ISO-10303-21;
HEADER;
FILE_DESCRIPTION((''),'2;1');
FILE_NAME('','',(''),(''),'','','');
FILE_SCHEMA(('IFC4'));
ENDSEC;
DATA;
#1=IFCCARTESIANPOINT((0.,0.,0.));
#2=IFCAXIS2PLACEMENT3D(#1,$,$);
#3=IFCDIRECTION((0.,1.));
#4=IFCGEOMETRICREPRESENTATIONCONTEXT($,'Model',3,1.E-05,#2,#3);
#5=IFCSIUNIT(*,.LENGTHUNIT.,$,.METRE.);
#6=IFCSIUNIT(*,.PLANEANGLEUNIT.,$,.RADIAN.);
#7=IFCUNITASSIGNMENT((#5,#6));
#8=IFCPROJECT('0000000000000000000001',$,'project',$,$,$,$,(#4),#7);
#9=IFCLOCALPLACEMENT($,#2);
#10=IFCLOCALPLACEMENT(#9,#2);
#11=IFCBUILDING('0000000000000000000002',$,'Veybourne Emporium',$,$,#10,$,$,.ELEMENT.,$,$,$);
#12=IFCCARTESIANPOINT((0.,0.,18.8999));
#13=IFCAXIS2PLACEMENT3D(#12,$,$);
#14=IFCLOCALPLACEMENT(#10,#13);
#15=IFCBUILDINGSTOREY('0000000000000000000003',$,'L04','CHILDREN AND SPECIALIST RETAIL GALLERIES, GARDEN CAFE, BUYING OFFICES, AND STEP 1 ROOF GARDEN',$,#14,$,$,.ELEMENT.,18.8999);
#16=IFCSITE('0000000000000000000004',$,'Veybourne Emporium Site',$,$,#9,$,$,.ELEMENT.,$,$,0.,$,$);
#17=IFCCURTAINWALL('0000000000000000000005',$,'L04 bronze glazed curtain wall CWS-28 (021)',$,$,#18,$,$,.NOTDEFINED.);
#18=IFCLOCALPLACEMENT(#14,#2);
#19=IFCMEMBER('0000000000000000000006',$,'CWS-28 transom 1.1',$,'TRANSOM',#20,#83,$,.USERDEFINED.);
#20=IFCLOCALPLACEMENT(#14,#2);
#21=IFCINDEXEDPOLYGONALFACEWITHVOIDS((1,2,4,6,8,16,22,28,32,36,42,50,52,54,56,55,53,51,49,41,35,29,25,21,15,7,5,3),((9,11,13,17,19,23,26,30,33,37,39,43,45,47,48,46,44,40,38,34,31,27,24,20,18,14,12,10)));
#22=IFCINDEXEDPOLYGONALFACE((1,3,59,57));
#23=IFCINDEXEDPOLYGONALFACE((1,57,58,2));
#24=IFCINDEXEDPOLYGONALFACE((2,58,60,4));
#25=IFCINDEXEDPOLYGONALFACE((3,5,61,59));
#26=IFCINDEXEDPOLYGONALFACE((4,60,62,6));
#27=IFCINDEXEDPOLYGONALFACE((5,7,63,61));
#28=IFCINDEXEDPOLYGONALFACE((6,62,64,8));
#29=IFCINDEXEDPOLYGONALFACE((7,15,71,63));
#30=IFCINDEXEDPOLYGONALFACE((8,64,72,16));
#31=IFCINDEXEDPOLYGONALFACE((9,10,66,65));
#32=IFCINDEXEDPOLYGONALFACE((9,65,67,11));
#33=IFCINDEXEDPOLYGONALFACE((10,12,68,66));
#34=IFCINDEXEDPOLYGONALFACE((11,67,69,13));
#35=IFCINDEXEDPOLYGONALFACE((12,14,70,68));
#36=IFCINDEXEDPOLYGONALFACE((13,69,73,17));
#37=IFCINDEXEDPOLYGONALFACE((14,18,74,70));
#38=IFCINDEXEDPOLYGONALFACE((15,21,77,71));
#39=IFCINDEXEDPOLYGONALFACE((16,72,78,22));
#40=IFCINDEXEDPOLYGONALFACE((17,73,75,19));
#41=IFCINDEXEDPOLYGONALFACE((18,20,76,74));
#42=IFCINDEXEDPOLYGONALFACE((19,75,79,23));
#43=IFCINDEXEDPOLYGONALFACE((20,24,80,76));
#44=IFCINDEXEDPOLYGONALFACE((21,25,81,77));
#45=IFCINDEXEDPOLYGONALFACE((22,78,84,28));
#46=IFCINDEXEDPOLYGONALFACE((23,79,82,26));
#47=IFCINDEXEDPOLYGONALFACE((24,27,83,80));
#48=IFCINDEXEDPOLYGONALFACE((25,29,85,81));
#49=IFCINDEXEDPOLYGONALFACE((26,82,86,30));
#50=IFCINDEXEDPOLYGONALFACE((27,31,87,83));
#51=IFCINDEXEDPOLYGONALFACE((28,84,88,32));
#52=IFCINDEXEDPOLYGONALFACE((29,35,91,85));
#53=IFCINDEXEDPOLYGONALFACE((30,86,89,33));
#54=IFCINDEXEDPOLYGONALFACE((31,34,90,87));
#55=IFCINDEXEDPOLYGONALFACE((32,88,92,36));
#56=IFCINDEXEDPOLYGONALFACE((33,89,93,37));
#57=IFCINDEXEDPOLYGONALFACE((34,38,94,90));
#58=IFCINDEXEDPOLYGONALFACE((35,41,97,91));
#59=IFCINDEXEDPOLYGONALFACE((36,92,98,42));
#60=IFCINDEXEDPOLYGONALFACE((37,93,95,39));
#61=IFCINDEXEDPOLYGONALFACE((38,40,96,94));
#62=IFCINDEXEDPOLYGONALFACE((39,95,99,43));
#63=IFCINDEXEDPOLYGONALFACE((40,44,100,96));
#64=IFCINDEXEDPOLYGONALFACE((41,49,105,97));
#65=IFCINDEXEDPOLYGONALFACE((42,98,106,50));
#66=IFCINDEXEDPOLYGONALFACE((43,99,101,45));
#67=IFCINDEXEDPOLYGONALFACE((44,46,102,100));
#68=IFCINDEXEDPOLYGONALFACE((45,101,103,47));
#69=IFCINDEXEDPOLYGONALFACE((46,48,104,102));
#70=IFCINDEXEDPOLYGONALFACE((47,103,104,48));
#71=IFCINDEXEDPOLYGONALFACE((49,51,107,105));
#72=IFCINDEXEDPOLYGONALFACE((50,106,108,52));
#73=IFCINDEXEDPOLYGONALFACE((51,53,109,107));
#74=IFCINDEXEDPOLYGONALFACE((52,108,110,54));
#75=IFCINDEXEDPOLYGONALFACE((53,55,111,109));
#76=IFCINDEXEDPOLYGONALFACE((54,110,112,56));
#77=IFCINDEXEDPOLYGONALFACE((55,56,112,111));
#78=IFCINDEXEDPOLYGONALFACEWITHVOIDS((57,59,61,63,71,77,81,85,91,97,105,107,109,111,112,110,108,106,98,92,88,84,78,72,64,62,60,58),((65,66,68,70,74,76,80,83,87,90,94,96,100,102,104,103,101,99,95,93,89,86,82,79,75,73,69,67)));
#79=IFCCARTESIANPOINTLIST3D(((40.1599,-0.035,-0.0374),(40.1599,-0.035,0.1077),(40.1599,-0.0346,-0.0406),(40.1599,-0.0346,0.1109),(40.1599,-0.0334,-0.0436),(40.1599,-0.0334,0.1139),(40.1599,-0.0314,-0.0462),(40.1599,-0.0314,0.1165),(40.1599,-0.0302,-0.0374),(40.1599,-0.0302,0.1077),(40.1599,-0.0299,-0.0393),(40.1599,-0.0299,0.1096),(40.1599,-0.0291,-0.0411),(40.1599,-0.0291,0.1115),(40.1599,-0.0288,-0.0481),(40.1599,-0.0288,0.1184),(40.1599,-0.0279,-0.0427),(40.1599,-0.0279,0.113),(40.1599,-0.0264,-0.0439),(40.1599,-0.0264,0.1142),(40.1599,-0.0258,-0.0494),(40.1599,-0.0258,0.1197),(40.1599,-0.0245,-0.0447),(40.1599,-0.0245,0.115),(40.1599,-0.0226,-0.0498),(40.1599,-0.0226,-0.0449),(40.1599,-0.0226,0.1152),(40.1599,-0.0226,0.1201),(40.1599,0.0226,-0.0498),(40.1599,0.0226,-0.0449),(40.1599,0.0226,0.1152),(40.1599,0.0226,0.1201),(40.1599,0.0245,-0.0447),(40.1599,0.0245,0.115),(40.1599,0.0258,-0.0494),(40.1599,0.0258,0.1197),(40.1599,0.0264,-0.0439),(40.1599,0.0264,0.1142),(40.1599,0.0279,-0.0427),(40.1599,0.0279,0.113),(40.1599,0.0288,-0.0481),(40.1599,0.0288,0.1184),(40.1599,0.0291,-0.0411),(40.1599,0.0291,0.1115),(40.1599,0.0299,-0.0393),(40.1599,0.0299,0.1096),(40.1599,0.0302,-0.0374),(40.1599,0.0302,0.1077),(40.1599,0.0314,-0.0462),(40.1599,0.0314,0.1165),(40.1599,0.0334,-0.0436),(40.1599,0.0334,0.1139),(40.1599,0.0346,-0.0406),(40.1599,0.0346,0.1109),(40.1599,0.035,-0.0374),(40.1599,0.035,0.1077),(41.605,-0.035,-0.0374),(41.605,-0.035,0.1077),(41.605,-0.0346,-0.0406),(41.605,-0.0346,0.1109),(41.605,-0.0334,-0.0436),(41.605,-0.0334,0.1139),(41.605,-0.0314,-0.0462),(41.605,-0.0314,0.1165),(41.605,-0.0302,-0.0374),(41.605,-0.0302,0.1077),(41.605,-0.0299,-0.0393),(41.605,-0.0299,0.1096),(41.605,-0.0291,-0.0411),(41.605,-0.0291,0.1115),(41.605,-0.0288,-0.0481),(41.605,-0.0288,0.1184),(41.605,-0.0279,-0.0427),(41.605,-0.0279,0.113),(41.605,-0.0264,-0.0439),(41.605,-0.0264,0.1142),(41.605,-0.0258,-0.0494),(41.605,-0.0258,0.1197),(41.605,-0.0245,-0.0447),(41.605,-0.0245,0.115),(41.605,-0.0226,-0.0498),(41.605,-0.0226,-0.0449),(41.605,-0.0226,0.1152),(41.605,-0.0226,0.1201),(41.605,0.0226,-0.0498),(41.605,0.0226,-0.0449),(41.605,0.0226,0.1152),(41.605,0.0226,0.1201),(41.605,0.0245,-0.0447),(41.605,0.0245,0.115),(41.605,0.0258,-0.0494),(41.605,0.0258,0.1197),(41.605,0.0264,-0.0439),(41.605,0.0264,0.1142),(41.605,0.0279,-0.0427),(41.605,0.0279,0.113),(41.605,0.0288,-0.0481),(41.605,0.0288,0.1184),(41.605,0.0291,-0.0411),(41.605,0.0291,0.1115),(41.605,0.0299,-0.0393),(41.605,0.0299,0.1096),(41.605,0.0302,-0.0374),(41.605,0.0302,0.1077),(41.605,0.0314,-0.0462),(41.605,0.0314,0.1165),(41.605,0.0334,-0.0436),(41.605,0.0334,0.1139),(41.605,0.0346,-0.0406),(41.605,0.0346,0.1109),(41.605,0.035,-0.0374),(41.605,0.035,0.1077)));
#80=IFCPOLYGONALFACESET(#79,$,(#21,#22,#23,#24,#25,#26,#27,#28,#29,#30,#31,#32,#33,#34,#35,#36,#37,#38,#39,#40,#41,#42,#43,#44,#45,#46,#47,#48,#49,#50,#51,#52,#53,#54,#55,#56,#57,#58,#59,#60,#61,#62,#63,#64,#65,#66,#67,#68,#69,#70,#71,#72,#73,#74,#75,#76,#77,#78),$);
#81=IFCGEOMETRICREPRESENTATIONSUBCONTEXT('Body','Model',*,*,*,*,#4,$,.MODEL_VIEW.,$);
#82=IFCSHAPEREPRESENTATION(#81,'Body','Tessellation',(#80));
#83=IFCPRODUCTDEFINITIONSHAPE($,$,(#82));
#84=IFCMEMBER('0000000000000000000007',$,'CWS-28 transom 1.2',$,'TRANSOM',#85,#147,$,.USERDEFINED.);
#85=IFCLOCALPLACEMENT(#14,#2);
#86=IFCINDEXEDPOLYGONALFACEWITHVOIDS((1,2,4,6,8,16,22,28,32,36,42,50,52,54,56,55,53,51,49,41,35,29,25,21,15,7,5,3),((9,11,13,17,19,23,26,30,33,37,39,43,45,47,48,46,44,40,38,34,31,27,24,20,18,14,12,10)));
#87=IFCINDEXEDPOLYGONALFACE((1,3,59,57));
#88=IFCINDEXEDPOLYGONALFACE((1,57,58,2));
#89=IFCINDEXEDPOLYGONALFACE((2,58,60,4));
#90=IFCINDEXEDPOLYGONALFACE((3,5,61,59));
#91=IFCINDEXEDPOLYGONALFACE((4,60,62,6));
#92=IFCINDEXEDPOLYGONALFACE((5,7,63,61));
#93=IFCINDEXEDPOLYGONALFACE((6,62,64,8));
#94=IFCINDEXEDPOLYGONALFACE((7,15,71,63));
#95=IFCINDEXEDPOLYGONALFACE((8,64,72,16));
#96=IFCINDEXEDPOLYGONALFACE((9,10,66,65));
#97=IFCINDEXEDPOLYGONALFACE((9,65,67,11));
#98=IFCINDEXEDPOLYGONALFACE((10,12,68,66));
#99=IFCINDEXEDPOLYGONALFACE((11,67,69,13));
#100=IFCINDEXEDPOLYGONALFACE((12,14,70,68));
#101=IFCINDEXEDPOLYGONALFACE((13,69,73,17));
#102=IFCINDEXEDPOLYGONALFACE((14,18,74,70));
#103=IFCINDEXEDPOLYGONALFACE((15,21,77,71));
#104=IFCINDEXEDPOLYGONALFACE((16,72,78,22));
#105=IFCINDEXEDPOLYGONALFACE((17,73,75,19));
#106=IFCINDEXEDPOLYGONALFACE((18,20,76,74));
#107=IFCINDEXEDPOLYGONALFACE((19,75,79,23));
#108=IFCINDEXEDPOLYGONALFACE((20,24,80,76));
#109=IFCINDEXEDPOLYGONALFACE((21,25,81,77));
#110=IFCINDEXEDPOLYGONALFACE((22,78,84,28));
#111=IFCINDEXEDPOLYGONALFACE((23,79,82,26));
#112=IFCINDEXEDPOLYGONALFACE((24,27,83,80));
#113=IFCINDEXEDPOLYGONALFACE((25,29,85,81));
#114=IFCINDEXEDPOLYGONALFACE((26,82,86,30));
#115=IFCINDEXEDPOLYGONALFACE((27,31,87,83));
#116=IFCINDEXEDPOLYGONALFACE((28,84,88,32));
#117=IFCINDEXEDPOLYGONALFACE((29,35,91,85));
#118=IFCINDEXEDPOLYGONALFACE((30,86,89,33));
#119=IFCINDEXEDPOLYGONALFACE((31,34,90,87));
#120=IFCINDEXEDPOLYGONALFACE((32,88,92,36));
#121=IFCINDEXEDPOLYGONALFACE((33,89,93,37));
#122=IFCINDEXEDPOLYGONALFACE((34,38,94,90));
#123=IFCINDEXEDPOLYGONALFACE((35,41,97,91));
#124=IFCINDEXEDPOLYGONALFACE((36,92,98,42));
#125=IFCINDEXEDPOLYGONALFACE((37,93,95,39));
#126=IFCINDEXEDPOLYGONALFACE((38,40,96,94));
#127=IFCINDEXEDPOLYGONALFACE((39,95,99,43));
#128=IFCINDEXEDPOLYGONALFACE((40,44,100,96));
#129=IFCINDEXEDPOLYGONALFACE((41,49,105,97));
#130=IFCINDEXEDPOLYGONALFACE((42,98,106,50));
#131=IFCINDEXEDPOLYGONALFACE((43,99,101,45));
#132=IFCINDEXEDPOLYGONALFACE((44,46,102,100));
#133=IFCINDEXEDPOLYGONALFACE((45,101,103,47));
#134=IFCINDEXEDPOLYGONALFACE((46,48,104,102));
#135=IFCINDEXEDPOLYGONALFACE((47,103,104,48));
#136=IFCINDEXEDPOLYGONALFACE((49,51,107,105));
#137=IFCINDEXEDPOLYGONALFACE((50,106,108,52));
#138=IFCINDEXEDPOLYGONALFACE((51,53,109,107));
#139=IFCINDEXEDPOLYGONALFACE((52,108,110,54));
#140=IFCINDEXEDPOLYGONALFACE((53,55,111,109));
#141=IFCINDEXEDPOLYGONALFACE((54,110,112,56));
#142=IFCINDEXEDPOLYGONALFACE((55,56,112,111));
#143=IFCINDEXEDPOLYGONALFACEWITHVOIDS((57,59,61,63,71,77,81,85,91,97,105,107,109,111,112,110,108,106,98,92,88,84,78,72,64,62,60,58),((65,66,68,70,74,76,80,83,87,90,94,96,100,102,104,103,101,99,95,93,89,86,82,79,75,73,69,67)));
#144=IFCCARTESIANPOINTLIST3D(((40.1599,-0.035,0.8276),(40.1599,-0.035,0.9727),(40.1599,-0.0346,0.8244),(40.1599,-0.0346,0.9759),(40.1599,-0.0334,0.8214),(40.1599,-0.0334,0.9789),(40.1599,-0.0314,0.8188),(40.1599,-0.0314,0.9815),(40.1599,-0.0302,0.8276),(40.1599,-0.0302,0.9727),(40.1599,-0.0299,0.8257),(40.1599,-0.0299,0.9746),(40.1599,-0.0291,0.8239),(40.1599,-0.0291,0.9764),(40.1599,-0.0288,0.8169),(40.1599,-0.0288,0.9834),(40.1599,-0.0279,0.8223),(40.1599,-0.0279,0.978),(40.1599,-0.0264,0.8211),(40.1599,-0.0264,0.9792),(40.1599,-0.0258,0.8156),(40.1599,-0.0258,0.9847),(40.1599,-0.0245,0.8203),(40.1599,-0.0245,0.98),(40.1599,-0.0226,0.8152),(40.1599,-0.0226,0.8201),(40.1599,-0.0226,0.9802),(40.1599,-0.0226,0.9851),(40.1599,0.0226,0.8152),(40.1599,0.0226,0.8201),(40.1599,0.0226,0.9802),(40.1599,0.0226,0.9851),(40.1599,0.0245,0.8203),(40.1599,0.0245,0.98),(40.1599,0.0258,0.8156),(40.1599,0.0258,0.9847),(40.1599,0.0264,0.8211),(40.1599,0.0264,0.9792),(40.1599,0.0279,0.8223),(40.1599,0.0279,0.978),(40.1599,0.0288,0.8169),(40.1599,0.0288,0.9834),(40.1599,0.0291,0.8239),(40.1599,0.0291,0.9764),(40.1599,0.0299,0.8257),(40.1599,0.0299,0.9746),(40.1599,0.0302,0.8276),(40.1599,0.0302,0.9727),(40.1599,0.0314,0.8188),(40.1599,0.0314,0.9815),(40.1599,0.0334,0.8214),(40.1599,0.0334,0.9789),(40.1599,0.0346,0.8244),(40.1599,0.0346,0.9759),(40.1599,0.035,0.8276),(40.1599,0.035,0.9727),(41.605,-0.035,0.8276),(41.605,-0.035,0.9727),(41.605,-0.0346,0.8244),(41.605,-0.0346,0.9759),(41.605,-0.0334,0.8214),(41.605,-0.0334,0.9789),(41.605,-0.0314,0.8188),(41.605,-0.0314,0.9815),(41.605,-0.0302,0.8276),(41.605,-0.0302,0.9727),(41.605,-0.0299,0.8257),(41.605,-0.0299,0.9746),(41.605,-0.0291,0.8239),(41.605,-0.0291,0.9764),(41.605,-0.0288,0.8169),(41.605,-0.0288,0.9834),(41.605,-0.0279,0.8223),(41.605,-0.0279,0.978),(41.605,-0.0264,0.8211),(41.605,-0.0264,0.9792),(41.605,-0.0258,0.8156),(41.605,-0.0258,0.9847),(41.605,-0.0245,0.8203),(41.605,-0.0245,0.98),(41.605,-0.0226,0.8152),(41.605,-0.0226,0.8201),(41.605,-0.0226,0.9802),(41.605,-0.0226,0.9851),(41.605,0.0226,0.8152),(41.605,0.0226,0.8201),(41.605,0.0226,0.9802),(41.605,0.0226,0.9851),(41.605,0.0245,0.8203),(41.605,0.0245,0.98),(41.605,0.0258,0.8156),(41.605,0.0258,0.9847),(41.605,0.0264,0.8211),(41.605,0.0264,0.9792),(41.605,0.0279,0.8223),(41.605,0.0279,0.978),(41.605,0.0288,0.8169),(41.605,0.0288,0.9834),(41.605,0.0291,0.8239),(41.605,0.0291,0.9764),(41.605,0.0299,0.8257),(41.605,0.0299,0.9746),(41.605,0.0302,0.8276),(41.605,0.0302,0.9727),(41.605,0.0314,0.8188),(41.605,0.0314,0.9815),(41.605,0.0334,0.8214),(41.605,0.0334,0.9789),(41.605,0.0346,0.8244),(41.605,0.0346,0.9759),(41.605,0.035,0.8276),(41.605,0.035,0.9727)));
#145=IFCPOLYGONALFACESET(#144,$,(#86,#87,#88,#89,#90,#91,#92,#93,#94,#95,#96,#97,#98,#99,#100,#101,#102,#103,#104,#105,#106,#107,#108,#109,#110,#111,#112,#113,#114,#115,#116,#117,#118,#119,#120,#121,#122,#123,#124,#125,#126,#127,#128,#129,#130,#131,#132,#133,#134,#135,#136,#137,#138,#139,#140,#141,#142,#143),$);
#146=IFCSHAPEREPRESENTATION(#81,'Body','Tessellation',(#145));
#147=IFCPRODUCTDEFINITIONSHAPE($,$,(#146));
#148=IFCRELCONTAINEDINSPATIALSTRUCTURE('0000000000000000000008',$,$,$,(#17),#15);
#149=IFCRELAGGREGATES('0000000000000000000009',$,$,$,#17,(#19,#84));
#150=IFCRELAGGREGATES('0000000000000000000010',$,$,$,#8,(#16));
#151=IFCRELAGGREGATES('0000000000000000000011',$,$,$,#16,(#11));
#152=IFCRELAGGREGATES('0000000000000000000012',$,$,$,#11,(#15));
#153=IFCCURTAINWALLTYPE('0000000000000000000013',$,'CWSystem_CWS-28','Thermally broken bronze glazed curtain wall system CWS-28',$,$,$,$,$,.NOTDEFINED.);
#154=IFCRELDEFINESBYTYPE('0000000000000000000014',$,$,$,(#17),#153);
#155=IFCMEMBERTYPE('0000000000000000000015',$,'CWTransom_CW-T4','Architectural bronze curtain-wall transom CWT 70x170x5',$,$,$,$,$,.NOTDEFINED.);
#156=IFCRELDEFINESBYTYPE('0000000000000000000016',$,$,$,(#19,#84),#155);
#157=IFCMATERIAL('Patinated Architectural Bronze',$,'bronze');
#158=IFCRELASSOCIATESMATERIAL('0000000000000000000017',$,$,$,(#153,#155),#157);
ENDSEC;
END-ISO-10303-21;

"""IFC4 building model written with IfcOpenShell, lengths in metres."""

from ifc_helpers import new_model, si_unit, direction, frame, origin, origin_2d, place, context, subcontext, project, spatial, hollow_rectangle, extrude, material, material_profile, profile_set, type_object, element, aggregate, save


model = new_model("IFC4")

# Units and contexts
model_context = context("Model", 3, precision=1e-05, world=origin(), true_north=direction((0.0, 1.0)))
body_context = subcontext(model_context, "Body", "Model", "MODEL_VIEW")
ifc_project = project(units=[si_unit("LENGTHUNIT", "METRE"), si_unit("PLANEANGLEUNIT", "RADIAN")], contexts=[model_context])

# Site, building, storey
site_placement = place(None, origin())
site = spatial("IfcSite", under=ifc_project, at=site_placement, Name="Veybourne Emporium Site", CompositionType="ELEMENT", RefElevation=0.0)
building_placement = place(site_placement, origin())
building = spatial("IfcBuilding", under=site, at=building_placement, Name="Veybourne Emporium", CompositionType="ELEMENT")
storey_placement = place(building_placement, frame((0.0, 0.0, 18.8999)))
storey = spatial("IfcBuildingStorey", under=building, at=storey_placement, Name="L04", Description="CHILDREN AND SPECIALIST RETAIL GALLERIES, GARDEN CAFE, BUYING OFFICES, AND STEP 1 ROOF GARDEN", CompositionType="ELEMENT", Elevation=18.8999)

# Curtain wall, members
ifc_material_1 = material(Name="Patinated Architectural Bronze", Category="bronze")
curtain_wall_type = type_object("IfcCurtainWallType", Name="CWSystem_CWS-28", Description="Thermally broken bronze glazed curtain wall system CWS-28", PredefinedType="NOTDEFINED", material=ifc_material_1)
curtain_wall_placement = place(storey_placement, origin())
curtain_wall = element("IfcCurtainWall", 1, at=curtain_wall_placement, inside=storey, type_object=curtain_wall_type, Name="L04 bronze glazed curtain wall CWS-28 (021)", PredefinedType="NOTDEFINED")
ifc_material_profile_1 = material_profile(ifc_material_1, hollow_rectangle(XDim=0.0701, YDim=0.1699, WallThickness=0.0049, InnerFilletRadius=0.0076, OuterFilletRadius=0.0125, at=origin_2d()), Name="CWT 70x170x5")
ifc_profile_set_1 = profile_set([ifc_material_profile_1], Name="Patinated Architectural Bronze")
member_type_1 = type_object("IfcMemberType", Name="CWTransom_CW-T4", Description="Architectural bronze curtain-wall transom CWT 70x170x5", PredefinedType="NOTDEFINED", material=ifc_profile_set_1)
member_1_placement = place(storey_placement, frame((41.605, 0.0, 0.0352), z_axis=(-1.0, 0.0, 0.0), x_axis=(0.0, -1.0, 0.0)))
member_1 = element("IfcMember", 2, at=member_1_placement, type_object=member_type_1, Name="CWS-28 transom 1.1", ObjectType="TRANSOM", PredefinedType="USERDEFINED", context=body_context, shape_type="SweptSolid", body=[
    extrude(hollow_rectangle(XDim=0.0701, YDim=0.1699, WallThickness=0.0049, InnerFilletRadius=0.0076, OuterFilletRadius=0.0125, at=origin_2d()), origin(), (0.0, 0.0, 1.0), 1.4451),
])
member_2_placement = place(storey_placement, frame((41.605, 0.0, 0.9001), z_axis=(-1.0, 0.0, 0.0), x_axis=(0.0, -1.0, 0.0)))
member_2 = element("IfcMember", 3, at=member_2_placement, type_object=member_type_1, Name="CWS-28 transom 1.2", ObjectType="TRANSOM", PredefinedType="USERDEFINED", context=body_context, shape_type="SweptSolid", body=[
    extrude(hollow_rectangle(XDim=0.0701, YDim=0.1699, WallThickness=0.0049, InnerFilletRadius=0.0076, OuterFilletRadius=0.0125, at=origin_2d()), origin(), (0.0, 0.0, 1.0), 1.4451),
])
aggregate(curtain_wall, [member_1, member_2])

save(model, "model.ifc")
